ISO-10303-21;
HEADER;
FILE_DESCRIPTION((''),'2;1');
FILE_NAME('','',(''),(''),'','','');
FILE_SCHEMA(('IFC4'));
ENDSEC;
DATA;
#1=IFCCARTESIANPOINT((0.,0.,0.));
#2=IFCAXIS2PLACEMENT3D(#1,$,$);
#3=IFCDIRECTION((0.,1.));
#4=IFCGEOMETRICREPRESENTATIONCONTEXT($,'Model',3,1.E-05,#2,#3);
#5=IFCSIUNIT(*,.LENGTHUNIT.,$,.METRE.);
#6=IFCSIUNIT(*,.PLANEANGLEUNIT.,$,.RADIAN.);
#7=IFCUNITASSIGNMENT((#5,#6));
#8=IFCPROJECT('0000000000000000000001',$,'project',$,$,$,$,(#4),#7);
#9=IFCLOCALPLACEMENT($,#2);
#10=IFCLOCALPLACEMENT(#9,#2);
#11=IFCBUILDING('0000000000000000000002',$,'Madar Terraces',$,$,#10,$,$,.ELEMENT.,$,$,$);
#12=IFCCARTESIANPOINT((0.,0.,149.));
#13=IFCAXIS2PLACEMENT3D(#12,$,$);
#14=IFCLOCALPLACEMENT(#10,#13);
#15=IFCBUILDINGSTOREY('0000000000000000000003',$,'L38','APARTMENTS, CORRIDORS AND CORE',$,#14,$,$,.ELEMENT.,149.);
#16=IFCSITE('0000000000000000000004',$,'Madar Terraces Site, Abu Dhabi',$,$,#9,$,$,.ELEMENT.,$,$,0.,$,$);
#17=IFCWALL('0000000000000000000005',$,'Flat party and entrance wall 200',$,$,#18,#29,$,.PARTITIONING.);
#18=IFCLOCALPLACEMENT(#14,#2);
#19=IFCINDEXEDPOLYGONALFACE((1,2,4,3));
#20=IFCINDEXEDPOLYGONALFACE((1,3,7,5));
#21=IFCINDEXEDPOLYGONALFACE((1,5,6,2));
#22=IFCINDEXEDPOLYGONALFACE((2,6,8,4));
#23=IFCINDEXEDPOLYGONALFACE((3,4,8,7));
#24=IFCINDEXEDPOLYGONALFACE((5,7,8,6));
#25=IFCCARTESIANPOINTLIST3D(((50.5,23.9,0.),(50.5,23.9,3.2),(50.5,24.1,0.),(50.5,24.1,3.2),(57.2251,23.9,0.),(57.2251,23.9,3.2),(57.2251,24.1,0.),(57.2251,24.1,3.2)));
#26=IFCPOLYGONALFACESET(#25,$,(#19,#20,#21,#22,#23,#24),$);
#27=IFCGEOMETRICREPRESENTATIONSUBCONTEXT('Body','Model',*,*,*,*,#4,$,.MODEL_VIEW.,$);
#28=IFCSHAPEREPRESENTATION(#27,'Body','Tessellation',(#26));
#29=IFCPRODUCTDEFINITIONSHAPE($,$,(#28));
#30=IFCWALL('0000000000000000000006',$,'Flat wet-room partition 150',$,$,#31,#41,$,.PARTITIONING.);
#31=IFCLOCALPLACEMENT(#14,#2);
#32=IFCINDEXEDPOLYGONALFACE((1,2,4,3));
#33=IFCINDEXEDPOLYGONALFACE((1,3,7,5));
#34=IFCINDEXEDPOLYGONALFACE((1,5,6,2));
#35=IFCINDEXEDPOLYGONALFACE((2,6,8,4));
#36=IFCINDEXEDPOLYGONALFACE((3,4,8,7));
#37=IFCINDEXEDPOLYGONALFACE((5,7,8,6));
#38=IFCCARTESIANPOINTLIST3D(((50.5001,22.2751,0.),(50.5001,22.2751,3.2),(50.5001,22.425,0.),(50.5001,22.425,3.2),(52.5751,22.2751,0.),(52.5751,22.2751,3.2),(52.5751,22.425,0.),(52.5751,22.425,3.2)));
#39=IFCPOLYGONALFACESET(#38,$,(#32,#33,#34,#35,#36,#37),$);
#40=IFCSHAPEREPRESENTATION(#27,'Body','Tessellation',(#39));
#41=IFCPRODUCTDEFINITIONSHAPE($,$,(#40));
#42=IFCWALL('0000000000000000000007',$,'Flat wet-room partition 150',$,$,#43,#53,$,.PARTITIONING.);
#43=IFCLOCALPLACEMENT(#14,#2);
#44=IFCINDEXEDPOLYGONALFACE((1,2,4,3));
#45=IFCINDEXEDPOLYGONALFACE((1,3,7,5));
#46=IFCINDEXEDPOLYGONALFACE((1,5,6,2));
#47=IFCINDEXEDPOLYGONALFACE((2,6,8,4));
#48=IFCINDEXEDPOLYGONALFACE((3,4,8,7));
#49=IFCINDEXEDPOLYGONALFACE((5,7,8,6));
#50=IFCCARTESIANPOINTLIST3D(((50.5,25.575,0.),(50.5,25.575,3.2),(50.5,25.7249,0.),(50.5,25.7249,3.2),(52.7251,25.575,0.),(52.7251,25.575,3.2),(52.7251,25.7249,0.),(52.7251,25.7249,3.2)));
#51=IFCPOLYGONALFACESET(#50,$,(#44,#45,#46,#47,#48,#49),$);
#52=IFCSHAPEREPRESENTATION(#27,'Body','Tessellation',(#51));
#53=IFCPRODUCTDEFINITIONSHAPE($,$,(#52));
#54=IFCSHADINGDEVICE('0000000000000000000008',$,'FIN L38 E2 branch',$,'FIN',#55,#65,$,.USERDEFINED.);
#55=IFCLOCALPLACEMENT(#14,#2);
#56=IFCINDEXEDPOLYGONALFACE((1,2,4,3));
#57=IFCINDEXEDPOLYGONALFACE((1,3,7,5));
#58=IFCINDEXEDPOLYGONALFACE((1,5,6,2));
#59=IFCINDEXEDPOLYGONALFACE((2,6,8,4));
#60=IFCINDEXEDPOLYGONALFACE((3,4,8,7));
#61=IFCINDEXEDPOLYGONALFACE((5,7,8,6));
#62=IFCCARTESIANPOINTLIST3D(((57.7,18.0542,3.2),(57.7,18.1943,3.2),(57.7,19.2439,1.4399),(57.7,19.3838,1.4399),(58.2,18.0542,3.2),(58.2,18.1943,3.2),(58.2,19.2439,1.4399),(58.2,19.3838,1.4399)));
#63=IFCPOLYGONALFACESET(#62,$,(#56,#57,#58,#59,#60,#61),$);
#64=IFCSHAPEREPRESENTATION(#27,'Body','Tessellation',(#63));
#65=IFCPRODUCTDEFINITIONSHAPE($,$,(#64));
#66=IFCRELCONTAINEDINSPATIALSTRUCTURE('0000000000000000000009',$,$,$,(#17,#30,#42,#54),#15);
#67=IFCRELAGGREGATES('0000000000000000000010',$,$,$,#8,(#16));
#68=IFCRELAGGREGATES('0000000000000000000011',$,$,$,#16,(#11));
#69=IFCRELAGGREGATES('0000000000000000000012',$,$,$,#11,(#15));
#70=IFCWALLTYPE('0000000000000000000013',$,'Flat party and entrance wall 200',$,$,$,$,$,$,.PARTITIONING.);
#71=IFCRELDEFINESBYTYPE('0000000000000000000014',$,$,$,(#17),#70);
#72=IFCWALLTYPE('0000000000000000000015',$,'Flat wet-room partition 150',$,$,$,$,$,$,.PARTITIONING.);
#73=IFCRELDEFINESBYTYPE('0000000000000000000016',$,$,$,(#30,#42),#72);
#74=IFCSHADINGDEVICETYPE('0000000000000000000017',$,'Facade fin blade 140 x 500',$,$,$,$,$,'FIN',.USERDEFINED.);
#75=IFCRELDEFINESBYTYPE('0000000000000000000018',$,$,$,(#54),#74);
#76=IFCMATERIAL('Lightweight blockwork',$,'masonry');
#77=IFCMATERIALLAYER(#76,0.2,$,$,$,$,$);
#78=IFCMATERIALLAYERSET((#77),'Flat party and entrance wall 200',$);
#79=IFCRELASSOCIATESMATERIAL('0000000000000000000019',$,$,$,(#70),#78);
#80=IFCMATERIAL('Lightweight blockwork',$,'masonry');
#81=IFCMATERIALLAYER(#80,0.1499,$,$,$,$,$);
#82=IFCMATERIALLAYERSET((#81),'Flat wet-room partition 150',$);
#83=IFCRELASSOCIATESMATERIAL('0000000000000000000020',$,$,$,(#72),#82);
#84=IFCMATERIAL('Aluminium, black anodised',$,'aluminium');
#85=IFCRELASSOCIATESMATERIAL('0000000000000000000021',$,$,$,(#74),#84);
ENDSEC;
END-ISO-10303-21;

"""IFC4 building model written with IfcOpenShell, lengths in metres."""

from ifc_helpers import new_model, si_unit, direction, frame, frame_2d, origin, place, context, subcontext, project, spatial, polyline, rectangle, outline, extrude, material, layer, layer_set, type_object, element, save


model = new_model("IFC4")

# Units and contexts
model_context = context("Model", 3, precision=1e-05, world=origin(), true_north=direction((0.0, 1.0)))
body_context = subcontext(model_context, "Body", "Model", "MODEL_VIEW")
ifc_project = project(units=[si_unit("LENGTHUNIT", "METRE"), si_unit("PLANEANGLEUNIT", "RADIAN")], contexts=[model_context])

# Site, building, storey
site_placement = place(None, origin())
site = spatial("IfcSite", under=ifc_project, at=site_placement, Name="Madar Terraces Site, Abu Dhabi", CompositionType="ELEMENT", RefElevation=0.0)
building_placement = place(site_placement, origin())
building = spatial("IfcBuilding", under=site, at=building_placement, Name="Madar Terraces", CompositionType="ELEMENT")
storey_placement = place(building_placement, frame((0.0, 0.0, 149.0)))
storey = spatial("IfcBuildingStorey", under=building, at=storey_placement, Name="L38", Description="APARTMENTS, CORRIDORS AND CORE", CompositionType="ELEMENT", Elevation=149.0)

# Walls
ifc_material_1 = material(Name="Lightweight blockwork", Category="masonry")
ifc_layer_1 = layer(ifc_material_1, 0.2)
ifc_layer_set_1 = layer_set([ifc_layer_1], Name="Flat party and entrance wall 200")
wall_type_1 = type_object("IfcWallType", Name="Flat party and entrance wall 200", PredefinedType="PARTITIONING", material=ifc_layer_set_1)
wall_1_placement = place(storey_placement, frame((50.5, 24.0, 0.0), z_axis=(0.0, 0.0, 1.0), x_axis=(1.0, 0.0, 0.0)))
element("IfcWall", 1, at=wall_1_placement, inside=storey, type_object=wall_type_1, Name="Flat party and entrance wall 200", PredefinedType="PARTITIONING", context=body_context, shape_type="SweptSolid", body=[
    extrude(rectangle(XDim=6.7251, YDim=0.2, at=frame_2d((3.3625, 0.0))), origin(), (0.0, 0.0, 1.0), 3.2),
])
ifc_material_2 = material(Name="Lightweight blockwork", Category="masonry")
ifc_layer_2 = layer(ifc_material_2, 0.1499)
ifc_layer_set_2 = layer_set([ifc_layer_2], Name="Flat wet-room partition 150")
wall_type_2 = type_object("IfcWallType", Name="Flat wet-room partition 150", PredefinedType="PARTITIONING", material=ifc_layer_set_2)
wall_2_placement = place(storey_placement, frame((50.5, 22.3501, 0.0), z_axis=(0.0, 0.0, 1.0), x_axis=(1.0, 0.0, 0.0)))
element("IfcWall", 2, at=wall_2_placement, inside=storey, type_object=wall_type_2, Name="Flat wet-room partition 150", PredefinedType="PARTITIONING", context=body_context, shape_type="SweptSolid", body=[
    extrude(rectangle(XDim=2.075, YDim=0.1499, at=frame_2d((1.0376, 0.0))), origin(), (0.0, 0.0, 1.0), 3.2),
])
wall_3_placement = place(storey_placement, frame((50.5, 25.6499, 0.0), z_axis=(0.0, 0.0, 1.0), x_axis=(1.0, 0.0, 0.0)))
element("IfcWall", 3, at=wall_3_placement, inside=storey, type_object=wall_type_2, Name="Flat wet-room partition 150", PredefinedType="PARTITIONING", context=body_context, shape_type="SweptSolid", body=[
    extrude(rectangle(XDim=2.2251, YDim=0.1499, at=frame_2d((1.1125, 0.0))), origin(), (0.0, 0.0, 1.0), 3.2),
])

# Shading device
ifc_material_3 = material(Name="Aluminium, black anodised", Category="aluminium")
shading_device_type = type_object("IfcShadingDeviceType", Name="Facade fin blade 140 x 500", ElementType="FIN", PredefinedType="USERDEFINED", material=ifc_material_3)
shading_device_placement = place(storey_placement, frame((57.95, 19.2439, 1.4399), z_axis=(0.0, 0.0, 1.0), x_axis=(0.0, 1.0, 0.0)))
element("IfcShadingDevice", 4, at=shading_device_placement, inside=storey, type_object=shading_device_type, Name="FIN L38 E2 branch", ObjectType="FIN", PredefinedType="USERDEFINED", context=body_context, shape_type="SweptSolid", body=[
    extrude(outline(polyline([(0.0, 0.0), (0.1399, 0.0), (-1.0496, 1.76), (-1.1897, 1.76), (0.0, 0.0)])), frame((0.0, 0.25, 0.0), z_axis=(0.0, -1.0, 0.0), x_axis=(1.0, 0.0, 0.0)), (0.0, 0.0, 1.0), 0.5),
])

save(model, "model.ifc")
